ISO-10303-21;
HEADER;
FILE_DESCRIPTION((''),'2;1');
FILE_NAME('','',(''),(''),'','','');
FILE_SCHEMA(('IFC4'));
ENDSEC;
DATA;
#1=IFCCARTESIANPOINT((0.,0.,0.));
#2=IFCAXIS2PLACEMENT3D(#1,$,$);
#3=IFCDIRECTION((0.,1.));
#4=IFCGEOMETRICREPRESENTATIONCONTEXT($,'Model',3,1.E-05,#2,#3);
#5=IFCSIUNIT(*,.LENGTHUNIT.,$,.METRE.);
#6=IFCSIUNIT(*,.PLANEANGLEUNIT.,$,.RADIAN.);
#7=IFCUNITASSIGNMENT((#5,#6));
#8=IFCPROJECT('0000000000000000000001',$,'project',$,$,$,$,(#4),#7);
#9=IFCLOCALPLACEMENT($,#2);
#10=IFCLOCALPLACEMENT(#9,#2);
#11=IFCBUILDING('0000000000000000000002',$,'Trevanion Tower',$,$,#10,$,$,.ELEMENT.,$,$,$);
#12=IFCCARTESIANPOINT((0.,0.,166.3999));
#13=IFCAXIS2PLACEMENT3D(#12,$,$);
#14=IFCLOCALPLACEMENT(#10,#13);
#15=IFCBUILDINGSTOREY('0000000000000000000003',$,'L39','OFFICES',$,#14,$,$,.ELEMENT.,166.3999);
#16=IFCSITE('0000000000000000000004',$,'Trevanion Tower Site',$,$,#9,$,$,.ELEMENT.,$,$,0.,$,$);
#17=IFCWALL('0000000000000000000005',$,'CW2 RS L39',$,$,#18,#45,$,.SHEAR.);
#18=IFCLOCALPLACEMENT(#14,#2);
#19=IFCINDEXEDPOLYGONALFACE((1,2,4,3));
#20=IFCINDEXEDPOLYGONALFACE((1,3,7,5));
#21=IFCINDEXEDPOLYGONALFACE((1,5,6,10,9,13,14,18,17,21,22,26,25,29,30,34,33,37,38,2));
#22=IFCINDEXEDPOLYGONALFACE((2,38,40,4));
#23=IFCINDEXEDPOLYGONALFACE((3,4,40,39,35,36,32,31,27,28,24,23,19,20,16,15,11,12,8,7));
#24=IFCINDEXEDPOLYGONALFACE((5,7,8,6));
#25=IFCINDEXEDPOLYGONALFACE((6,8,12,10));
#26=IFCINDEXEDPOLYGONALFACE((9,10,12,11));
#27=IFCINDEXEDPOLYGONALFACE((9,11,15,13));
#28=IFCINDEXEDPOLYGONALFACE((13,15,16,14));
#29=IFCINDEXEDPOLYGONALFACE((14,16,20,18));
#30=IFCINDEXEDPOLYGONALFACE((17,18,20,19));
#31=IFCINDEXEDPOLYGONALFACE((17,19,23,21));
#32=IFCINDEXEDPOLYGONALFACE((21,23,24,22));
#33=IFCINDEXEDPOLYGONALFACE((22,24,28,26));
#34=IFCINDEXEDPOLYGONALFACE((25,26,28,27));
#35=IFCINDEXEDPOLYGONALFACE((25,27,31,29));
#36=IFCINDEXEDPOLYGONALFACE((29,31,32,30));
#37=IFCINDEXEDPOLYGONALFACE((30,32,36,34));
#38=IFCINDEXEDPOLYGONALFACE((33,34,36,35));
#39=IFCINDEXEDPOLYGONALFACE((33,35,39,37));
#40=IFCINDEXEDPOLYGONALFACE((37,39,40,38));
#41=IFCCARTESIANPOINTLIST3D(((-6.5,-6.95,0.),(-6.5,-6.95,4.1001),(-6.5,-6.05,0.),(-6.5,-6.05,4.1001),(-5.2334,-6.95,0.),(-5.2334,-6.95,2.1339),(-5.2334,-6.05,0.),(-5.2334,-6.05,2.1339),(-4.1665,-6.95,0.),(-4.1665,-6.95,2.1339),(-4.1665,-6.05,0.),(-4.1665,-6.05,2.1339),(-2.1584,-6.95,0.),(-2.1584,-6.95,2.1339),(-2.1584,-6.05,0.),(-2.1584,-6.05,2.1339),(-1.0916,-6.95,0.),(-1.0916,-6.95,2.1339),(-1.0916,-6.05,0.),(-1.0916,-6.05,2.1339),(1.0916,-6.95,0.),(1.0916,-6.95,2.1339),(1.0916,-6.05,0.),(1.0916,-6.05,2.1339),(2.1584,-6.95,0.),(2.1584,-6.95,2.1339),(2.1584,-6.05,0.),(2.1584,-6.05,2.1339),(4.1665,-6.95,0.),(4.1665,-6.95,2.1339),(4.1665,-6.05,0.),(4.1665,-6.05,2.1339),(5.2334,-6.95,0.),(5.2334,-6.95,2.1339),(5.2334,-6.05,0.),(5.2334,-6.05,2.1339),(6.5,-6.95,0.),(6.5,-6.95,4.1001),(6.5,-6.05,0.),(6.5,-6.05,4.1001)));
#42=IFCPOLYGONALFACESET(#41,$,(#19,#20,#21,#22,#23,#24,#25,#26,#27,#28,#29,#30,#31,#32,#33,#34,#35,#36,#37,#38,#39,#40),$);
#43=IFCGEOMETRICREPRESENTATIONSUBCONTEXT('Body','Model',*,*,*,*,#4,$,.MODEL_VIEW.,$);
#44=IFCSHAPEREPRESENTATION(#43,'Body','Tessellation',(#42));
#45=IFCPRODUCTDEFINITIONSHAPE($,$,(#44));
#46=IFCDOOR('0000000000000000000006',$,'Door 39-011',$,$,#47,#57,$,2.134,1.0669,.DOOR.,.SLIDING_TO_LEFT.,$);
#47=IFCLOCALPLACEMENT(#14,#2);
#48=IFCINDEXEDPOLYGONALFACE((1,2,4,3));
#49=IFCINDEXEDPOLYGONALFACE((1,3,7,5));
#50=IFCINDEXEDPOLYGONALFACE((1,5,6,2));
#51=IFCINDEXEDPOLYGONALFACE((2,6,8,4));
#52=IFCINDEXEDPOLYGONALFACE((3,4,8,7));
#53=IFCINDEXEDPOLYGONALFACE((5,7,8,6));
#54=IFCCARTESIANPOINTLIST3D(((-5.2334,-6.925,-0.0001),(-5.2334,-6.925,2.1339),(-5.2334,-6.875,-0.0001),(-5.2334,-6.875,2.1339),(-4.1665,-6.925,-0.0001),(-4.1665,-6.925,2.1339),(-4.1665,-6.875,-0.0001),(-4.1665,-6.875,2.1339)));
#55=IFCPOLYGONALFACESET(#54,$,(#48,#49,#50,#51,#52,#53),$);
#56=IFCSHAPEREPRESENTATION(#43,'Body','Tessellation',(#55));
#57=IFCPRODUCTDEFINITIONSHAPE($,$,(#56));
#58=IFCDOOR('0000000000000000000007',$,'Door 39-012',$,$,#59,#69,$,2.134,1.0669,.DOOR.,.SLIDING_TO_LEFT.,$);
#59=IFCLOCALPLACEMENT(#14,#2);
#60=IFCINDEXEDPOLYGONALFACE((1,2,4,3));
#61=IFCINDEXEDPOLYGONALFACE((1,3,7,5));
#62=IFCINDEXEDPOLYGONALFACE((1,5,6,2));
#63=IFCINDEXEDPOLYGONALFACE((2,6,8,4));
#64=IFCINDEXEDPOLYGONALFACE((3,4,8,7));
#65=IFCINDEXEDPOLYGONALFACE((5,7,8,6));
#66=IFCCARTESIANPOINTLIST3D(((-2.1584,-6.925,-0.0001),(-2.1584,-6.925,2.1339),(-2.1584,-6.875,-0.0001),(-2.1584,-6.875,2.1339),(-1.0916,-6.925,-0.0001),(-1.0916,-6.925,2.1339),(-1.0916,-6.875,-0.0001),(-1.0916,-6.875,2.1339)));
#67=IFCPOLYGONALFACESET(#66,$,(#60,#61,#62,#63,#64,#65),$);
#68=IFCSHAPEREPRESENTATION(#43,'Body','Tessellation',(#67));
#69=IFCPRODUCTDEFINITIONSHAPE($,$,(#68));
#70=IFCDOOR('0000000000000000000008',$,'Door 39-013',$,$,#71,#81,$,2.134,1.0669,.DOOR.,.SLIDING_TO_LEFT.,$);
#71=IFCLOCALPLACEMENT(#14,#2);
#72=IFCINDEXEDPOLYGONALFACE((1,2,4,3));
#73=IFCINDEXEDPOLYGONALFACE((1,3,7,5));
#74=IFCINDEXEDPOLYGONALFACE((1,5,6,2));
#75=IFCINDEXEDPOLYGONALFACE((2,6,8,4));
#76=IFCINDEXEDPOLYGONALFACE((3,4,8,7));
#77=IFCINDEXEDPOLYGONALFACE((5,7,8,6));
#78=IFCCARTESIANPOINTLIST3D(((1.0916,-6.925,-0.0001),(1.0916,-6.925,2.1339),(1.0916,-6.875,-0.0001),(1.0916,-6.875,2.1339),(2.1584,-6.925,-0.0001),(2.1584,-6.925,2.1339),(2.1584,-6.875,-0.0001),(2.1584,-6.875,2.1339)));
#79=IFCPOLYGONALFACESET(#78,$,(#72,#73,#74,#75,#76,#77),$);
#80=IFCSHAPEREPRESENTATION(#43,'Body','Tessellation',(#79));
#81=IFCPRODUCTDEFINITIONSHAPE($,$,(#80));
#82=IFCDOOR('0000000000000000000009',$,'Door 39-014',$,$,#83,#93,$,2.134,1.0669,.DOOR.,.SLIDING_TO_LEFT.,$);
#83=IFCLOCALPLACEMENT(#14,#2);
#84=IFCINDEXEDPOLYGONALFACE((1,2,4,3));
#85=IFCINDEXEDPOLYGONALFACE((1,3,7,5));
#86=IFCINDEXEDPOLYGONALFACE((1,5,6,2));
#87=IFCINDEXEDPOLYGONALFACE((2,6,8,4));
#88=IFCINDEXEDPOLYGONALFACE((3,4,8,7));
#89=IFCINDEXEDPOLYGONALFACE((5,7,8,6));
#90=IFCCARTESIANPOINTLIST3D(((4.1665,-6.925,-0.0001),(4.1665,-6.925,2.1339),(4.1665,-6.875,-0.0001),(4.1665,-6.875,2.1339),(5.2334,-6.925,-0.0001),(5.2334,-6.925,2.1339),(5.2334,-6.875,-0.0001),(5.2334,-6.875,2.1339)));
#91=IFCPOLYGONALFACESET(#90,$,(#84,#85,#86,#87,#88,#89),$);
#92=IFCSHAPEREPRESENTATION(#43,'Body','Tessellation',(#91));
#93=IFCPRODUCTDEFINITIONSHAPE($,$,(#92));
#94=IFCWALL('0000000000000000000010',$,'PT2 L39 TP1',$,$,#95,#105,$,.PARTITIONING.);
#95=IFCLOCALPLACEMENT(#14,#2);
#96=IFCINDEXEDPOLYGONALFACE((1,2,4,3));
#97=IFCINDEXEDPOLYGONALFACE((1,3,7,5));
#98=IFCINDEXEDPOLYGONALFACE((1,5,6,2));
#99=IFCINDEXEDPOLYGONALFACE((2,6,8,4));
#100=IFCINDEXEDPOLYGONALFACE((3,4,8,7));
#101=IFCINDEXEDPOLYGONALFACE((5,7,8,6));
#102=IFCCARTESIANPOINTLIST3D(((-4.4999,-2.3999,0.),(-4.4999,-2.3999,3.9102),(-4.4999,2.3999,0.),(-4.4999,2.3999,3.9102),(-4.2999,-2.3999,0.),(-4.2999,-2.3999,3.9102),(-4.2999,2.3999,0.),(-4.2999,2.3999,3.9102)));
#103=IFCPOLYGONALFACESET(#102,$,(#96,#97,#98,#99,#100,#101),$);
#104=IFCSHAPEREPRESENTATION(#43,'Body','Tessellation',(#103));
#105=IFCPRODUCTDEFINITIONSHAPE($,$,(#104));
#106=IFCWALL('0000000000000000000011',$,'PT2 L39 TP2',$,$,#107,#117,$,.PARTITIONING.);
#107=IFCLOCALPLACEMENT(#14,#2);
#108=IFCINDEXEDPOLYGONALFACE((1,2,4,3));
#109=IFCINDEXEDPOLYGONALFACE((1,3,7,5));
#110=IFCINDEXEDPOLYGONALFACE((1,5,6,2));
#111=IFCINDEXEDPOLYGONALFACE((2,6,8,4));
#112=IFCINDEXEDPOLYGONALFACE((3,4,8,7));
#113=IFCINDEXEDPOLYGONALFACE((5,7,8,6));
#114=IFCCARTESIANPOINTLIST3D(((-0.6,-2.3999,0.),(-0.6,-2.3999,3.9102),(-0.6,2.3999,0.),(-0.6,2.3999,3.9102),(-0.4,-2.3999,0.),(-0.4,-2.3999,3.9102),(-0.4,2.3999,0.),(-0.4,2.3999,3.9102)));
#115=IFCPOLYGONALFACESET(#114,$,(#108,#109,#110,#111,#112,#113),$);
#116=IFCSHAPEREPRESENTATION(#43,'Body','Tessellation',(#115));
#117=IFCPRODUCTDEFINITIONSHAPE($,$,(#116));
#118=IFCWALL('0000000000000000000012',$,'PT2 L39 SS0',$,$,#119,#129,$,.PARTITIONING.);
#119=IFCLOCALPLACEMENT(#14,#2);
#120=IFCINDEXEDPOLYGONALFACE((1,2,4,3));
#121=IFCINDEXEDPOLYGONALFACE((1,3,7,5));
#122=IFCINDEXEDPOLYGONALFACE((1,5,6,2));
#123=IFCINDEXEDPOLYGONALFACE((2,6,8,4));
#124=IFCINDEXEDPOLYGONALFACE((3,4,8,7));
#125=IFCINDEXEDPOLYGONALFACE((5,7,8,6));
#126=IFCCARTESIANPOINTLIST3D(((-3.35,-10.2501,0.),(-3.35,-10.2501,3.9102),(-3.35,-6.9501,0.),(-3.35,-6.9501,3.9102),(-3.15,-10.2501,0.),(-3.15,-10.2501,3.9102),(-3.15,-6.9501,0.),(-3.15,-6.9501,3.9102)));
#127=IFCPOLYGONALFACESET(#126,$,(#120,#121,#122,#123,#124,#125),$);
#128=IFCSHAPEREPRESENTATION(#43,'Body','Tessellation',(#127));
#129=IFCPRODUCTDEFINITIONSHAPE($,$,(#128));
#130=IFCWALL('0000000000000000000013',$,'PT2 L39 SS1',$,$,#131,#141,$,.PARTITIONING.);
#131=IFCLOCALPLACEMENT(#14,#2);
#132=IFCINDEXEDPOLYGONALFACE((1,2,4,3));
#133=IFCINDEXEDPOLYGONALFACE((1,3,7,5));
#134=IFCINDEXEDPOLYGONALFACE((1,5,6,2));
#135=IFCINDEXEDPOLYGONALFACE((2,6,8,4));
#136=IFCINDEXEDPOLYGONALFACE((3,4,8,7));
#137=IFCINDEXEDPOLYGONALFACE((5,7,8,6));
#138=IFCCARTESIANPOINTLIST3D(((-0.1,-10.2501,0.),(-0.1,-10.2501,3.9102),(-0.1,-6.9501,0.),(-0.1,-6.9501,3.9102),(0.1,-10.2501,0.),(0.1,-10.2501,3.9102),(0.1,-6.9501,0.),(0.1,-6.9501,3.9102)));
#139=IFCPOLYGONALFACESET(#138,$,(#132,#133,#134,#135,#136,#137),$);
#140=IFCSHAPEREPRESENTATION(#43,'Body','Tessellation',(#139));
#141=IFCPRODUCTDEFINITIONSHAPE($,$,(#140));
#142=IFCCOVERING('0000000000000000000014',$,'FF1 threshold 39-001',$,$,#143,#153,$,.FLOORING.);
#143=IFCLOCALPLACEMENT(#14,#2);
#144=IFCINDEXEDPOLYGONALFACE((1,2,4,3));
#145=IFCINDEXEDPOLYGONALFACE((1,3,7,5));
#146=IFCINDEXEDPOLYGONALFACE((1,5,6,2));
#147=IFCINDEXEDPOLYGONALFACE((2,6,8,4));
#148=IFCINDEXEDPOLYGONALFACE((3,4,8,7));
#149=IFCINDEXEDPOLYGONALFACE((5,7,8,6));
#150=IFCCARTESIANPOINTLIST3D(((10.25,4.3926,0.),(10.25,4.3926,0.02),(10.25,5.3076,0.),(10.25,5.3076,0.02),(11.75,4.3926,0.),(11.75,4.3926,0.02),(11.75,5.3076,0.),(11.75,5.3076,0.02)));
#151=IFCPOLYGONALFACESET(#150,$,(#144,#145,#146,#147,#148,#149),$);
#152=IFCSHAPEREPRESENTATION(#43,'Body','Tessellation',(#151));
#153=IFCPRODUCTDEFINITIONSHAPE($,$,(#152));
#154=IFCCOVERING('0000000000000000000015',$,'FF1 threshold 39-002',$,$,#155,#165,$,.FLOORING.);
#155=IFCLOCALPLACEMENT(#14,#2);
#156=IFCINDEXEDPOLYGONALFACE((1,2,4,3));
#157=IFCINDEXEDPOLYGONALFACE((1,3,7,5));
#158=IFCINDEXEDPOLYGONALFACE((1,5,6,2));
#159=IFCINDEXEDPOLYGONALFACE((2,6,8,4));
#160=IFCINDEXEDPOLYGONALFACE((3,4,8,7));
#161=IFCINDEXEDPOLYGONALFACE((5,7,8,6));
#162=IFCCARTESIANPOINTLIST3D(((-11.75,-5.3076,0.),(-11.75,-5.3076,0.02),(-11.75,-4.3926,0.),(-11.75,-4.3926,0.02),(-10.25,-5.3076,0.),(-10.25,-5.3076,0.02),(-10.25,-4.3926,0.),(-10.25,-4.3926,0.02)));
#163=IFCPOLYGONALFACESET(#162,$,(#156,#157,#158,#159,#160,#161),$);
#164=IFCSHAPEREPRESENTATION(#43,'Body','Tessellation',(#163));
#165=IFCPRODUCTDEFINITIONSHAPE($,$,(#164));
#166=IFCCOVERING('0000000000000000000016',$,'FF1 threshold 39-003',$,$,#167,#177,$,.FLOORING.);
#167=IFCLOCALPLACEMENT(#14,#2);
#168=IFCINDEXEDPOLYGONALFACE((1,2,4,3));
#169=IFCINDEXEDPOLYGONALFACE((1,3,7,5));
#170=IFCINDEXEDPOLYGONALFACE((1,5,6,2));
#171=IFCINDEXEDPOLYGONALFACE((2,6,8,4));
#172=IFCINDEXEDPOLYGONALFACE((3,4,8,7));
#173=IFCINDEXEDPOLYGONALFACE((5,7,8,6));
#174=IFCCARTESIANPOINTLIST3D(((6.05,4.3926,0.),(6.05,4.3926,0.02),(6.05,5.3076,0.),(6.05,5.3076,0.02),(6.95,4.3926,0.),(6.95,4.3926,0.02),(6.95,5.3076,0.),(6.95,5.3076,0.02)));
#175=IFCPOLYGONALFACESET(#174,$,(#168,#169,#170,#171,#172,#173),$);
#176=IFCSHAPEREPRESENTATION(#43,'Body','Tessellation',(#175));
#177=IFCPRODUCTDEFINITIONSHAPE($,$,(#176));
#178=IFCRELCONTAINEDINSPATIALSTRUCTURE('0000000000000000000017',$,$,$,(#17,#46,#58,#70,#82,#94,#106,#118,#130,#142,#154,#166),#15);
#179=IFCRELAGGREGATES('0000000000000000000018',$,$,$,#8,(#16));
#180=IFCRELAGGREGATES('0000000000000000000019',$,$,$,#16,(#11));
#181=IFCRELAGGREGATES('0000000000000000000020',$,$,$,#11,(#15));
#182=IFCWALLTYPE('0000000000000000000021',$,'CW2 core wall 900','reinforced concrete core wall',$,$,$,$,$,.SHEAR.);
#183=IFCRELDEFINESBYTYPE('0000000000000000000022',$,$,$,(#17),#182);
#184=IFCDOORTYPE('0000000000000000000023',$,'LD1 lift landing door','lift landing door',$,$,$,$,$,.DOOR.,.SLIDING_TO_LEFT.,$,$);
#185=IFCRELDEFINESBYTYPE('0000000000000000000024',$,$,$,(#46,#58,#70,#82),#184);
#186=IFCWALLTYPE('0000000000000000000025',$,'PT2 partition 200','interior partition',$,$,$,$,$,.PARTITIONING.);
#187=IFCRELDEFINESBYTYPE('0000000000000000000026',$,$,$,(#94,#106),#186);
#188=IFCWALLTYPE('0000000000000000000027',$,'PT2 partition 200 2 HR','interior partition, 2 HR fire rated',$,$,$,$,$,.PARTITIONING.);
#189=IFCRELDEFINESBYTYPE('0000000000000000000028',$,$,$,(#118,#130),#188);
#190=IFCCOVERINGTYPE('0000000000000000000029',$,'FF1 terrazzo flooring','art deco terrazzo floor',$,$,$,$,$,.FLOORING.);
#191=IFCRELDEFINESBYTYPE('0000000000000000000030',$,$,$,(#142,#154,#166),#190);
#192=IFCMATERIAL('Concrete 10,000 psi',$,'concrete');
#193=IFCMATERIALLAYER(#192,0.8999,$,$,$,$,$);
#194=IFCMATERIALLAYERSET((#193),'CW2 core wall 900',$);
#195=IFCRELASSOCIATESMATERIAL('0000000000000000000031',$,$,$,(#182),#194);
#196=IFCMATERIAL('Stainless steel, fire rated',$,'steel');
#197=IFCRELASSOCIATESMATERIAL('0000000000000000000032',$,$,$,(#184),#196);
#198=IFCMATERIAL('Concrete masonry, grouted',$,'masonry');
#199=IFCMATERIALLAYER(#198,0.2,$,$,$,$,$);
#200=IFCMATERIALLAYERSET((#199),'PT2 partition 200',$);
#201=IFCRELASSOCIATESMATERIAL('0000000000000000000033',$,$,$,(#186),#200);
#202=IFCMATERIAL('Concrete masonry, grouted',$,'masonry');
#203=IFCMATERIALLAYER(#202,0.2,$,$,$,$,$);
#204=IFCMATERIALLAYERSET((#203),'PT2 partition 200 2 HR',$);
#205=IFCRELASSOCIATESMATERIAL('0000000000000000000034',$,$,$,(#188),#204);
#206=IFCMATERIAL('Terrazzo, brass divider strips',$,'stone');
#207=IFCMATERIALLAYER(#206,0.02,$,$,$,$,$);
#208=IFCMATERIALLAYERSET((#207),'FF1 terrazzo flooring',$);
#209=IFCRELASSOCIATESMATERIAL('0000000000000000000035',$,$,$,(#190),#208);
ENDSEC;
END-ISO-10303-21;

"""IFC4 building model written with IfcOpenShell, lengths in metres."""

from ifc_helpers import new_model, si_unit, direction, frame, frame_2d, origin, place, context, subcontext, project, spatial, polyline, rectangle, outline, extrude, material, layer, layer_set, type_object, element, fill, save


model = new_model("IFC4")

# Units and contexts
model_context = context("Model", 3, precision=1e-05, world=origin(), true_north=direction((0.0, 1.0)))
body_context = subcontext(model_context, "Body", "Model", "MODEL_VIEW")
ifc_project = project(units=[si_unit("LENGTHUNIT", "METRE"), si_unit("PLANEANGLEUNIT", "RADIAN")], contexts=[model_context])

# Site, building, storey
site_placement = place(None, origin())
site = spatial("IfcSite", under=ifc_project, at=site_placement, Name="Trevanion Tower Site", CompositionType="ELEMENT", RefElevation=0.0)
building_placement = place(site_placement, origin())
building = spatial("IfcBuilding", under=site, at=building_placement, Name="Trevanion Tower", CompositionType="ELEMENT")
storey_placement = place(building_placement, frame((0.0, 0.0, 166.3999)))
storey = spatial("IfcBuildingStorey", under=building, at=storey_placement, Name="L39", Description="OFFICES", CompositionType="ELEMENT", Elevation=166.3999)

# Wall, openings, doors
ifc_material_1 = material(Name="Concrete 10,000 psi", Category="concrete")
ifc_layer_1 = layer(ifc_material_1, 0.8999)
ifc_layer_set_1 = layer_set([ifc_layer_1], Name="CW2 core wall 900")
wall_type_1 = type_object("IfcWallType", Name="CW2 core wall 900", Description="reinforced concrete core wall", PredefinedType="SHEAR", material=ifc_layer_set_1)
wall_placement = place(storey_placement, frame((-6.5, -6.5, 0.0), z_axis=(0.0, 0.0, 1.0), x_axis=(1.0, 0.0, 0.0)))
wall = element("IfcWall", 1, at=wall_placement, inside=storey, type_object=wall_type_1, Name="CW2 RS L39", PredefinedType="SHEAR", context=body_context, shape_type="SweptSolid", body=[
    extrude(rectangle(XDim=13.0, YDim=0.8999, at=frame_2d((6.5, 0.0))), origin(), (0.0, 0.0, 1.0), 4.1001),
])
opening_1_placement = place(wall_placement, frame((1.2666, 0.0, 0.0)))
opening_1 = element("IfcOpeningElement", 2, at=opening_1_placement, cuts=wall, PredefinedType="OPENING", context=body_context, shape_type="SweptSolid", body=[
    extrude(rectangle(XDim=1.0669, YDim=2.134, at=frame_2d((0.5334, 1.0669))), frame((0.0, 0.46, 0.0), z_axis=(0.0, -1.0, 0.0), x_axis=(1.0, 0.0, 0.0)), (0.0, 0.0, 1.0), 0.9199),
])
opening_2_placement = place(wall_placement, frame((4.3416, 0.0, 0.0)))
opening_2 = element("IfcOpeningElement", 3, at=opening_2_placement, cuts=wall, PredefinedType="OPENING", context=body_context, shape_type="SweptSolid", body=[
    extrude(rectangle(XDim=1.0669, YDim=2.134, at=frame_2d((0.5334, 1.0669))), frame((0.0, 0.46, 0.0), z_axis=(0.0, -1.0, 0.0), x_axis=(1.0, 0.0, 0.0)), (0.0, 0.0, 1.0), 0.9199),
])
opening_3_placement = place(wall_placement, frame((7.5916, 0.0, 0.0)))
opening_3 = element("IfcOpeningElement", 4, at=opening_3_placement, cuts=wall, PredefinedType="OPENING", context=body_context, shape_type="SweptSolid", body=[
    extrude(rectangle(XDim=1.0669, YDim=2.134, at=frame_2d((0.5334, 1.0669))), frame((0.0, 0.46, 0.0), z_axis=(0.0, -1.0, 0.0), x_axis=(1.0, 0.0, 0.0)), (0.0, 0.0, 1.0), 0.9199),
])
opening_4_placement = place(wall_placement, frame((10.6665, 0.0, 0.0)))
opening_4 = element("IfcOpeningElement", 5, at=opening_4_placement, cuts=wall, PredefinedType="OPENING", context=body_context, shape_type="SweptSolid", body=[
    extrude(rectangle(XDim=1.0669, YDim=2.134, at=frame_2d((0.5334, 1.0669))), frame((0.0, 0.46, 0.0), z_axis=(0.0, -1.0, 0.0), x_axis=(1.0, 0.0, 0.0)), (0.0, 0.0, 1.0), 0.9199),
])
ifc_material_2 = material(Name="Stainless steel, fire rated", Category="steel")
door_type = type_object("IfcDoorType", Name="LD1 lift landing door", Description="lift landing door", OperationType="SLIDING_TO_LEFT", PredefinedType="DOOR", material=ifc_material_2)
door_1_placement = place(opening_1_placement, origin())
door_1 = element("IfcDoor", 6, at=door_1_placement, inside=storey, type_object=door_type, Name="Door 39-011", OperationType="SLIDING_TO_LEFT", OverallHeight=2.134, OverallWidth=1.0669, PredefinedType="DOOR", context=body_context, shape_type="SweptSolid", body=[
    extrude(rectangle(XDim=1.0669, YDim=2.134, at=frame_2d((0.5334, 1.0669))), frame((0.0, -0.375, 0.0), z_axis=(0.0, -1.0, 0.0), x_axis=(1.0, 0.0, 0.0)), (0.0, 0.0, 1.0), 0.05),
])
fill(opening_1, door_1)
door_2_placement = place(opening_2_placement, origin())
door_2 = element("IfcDoor", 7, at=door_2_placement, inside=storey, type_object=door_type, Name="Door 39-012", OperationType="SLIDING_TO_LEFT", OverallHeight=2.134, OverallWidth=1.0669, PredefinedType="DOOR", context=body_context, shape_type="SweptSolid", body=[
    extrude(rectangle(XDim=1.0669, YDim=2.134, at=frame_2d((0.5334, 1.0669))), frame((0.0, -0.375, 0.0), z_axis=(0.0, -1.0, 0.0), x_axis=(1.0, 0.0, 0.0)), (0.0, 0.0, 1.0), 0.05),
])
fill(opening_2, door_2)
door_3_placement = place(opening_3_placement, origin())
door_3 = element("IfcDoor", 8, at=door_3_placement, inside=storey, type_object=door_type, Name="Door 39-013", OperationType="SLIDING_TO_LEFT", OverallHeight=2.134, OverallWidth=1.0669, PredefinedType="DOOR", context=body_context, shape_type="SweptSolid", body=[
    extrude(rectangle(XDim=1.0669, YDim=2.134, at=frame_2d((0.5334, 1.0669))), frame((0.0, -0.375, 0.0), z_axis=(0.0, -1.0, 0.0), x_axis=(1.0, 0.0, 0.0)), (0.0, 0.0, 1.0), 0.05),
])
fill(opening_3, door_3)
door_4_placement = place(opening_4_placement, origin())
door_4 = element("IfcDoor", 9, at=door_4_placement, inside=storey, type_object=door_type, Name="Door 39-014", OperationType="SLIDING_TO_LEFT", OverallHeight=2.134, OverallWidth=1.0669, PredefinedType="DOOR", context=body_context, shape_type="SweptSolid", body=[
    extrude(rectangle(XDim=1.0669, YDim=2.134, at=frame_2d((0.5334, 1.0669))), frame((0.0, -0.375, 0.0), z_axis=(0.0, -1.0, 0.0), x_axis=(1.0, 0.0, 0.0)), (0.0, 0.0, 1.0), 0.05),
])
fill(opening_4, door_4)

# Walls
ifc_material_3 = material(Name="Concrete masonry, grouted", Category="masonry")
ifc_layer_2 = layer(ifc_material_3, 0.2)
ifc_layer_set_2 = layer_set([ifc_layer_2], Name="PT2 partition 200")
wall_type_2 = type_object("IfcWallType", Name="PT2 partition 200", Description="interior partition", PredefinedType="PARTITIONING", material=ifc_layer_set_2)
for number, where, z_axis, x_axis, name in (
    (10, (-4.3999, -2.3999, 0.0), (0.0, 0.0, 1.0), (0.0, 1.0, 0.0), "PT2 L39 TP1"),
    (11, (-0.5, -2.3999, 0.0), (0.0, 0.0, 1.0), (0.0, 1.0, 0.0), "PT2 L39 TP2"),
):
    element("IfcWall", number, at=place(storey_placement, frame(where, z_axis=z_axis, x_axis=x_axis)), inside=storey, type_object=wall_type_2, Name=name, PredefinedType="PARTITIONING", context=body_context, shape_type="SweptSolid", body=[
        extrude(rectangle(XDim=4.7998, YDim=0.2, at=frame_2d((2.3999, 0.0))), origin(), (0.0, 0.0, 1.0), 3.9102),
    ])
ifc_material_4 = material(Name="Concrete masonry, grouted", Category="masonry")
ifc_layer_3 = layer(ifc_material_4, 0.2)
ifc_layer_set_3 = layer_set([ifc_layer_3], Name="PT2 partition 200 2 HR")
wall_type_3 = type_object("IfcWallType", Name="PT2 partition 200 2 HR", Description="interior partition, 2 HR fire rated", PredefinedType="PARTITIONING", material=ifc_layer_set_3)
for number, where, z_axis, x_axis, name in (
    (12, (-3.25, -10.25, 0.0), (0.0, 0.0, 1.0), (0.0, 1.0, 0.0), "PT2 L39 SS0"),
    (13, (0.0, -10.25, 0.0), (0.0, 0.0, 1.0), (0.0, 1.0, 0.0), "PT2 L39 SS1"),
):
    element("IfcWall", number, at=place(storey_placement, frame(where, z_axis=z_axis, x_axis=x_axis)), inside=storey, type_object=wall_type_3, Name=name, PredefinedType="PARTITIONING", context=body_context, shape_type="SweptSolid", body=[
        extrude(rectangle(XDim=3.3, YDim=0.2, at=frame_2d((1.6499, 0.0))), origin(), (0.0, 0.0, 1.0), 3.9102),
    ])

# Coverings
ifc_material_5 = material(Name="Terrazzo, brass divider strips", Category="stone")
ifc_layer_4 = layer(ifc_material_5, 0.02)
ifc_layer_set_4 = layer_set([ifc_layer_4], Name="FF1 terrazzo flooring")
covering_type = type_object("IfcCoveringType", Name="FF1 terrazzo flooring", Description="art deco terrazzo floor", PredefinedType="FLOORING", material=ifc_layer_set_4)
covering_1_placement = place(storey_placement, origin())
element("IfcCovering", 14, at=covering_1_placement, inside=storey, type_object=covering_type, Name="FF1 threshold 39-001", PredefinedType="FLOORING", context=body_context, shape_type="SweptSolid", body=[
    extrude(outline(polyline([(11.75, 4.3926), (11.75, 5.3076), (10.25, 5.3076), (10.25, 4.3926), (11.75, 4.3926)])), origin(), (0.0, 0.0, 1.0), 0.02),
])
covering_2_placement = place(storey_placement, origin())
element("IfcCovering", 15, at=covering_2_placement, inside=storey, type_object=covering_type, Name="FF1 threshold 39-002", PredefinedType="FLOORING", context=body_context, shape_type="SweptSolid", body=[
    extrude(outline(polyline([(-11.75, -4.3926), (-11.75, -5.3076), (-10.25, -5.3076), (-10.25, -4.3926), (-11.75, -4.3926)])), origin(), (0.0, 0.0, 1.0), 0.02),
])
covering_3_placement = place(storey_placement, origin())
element("IfcCovering", 16, at=covering_3_placement, inside=storey, type_object=covering_type, Name="FF1 threshold 39-003", PredefinedType="FLOORING", context=body_context, shape_type="SweptSolid", body=[
    extrude(outline(polyline([(6.95, 4.3926), (6.95, 5.3076), (6.05, 5.3076), (6.05, 4.3926), (6.95, 4.3926)])), origin(), (0.0, 0.0, 1.0), 0.02),
])

save(model, "model.ifc")
